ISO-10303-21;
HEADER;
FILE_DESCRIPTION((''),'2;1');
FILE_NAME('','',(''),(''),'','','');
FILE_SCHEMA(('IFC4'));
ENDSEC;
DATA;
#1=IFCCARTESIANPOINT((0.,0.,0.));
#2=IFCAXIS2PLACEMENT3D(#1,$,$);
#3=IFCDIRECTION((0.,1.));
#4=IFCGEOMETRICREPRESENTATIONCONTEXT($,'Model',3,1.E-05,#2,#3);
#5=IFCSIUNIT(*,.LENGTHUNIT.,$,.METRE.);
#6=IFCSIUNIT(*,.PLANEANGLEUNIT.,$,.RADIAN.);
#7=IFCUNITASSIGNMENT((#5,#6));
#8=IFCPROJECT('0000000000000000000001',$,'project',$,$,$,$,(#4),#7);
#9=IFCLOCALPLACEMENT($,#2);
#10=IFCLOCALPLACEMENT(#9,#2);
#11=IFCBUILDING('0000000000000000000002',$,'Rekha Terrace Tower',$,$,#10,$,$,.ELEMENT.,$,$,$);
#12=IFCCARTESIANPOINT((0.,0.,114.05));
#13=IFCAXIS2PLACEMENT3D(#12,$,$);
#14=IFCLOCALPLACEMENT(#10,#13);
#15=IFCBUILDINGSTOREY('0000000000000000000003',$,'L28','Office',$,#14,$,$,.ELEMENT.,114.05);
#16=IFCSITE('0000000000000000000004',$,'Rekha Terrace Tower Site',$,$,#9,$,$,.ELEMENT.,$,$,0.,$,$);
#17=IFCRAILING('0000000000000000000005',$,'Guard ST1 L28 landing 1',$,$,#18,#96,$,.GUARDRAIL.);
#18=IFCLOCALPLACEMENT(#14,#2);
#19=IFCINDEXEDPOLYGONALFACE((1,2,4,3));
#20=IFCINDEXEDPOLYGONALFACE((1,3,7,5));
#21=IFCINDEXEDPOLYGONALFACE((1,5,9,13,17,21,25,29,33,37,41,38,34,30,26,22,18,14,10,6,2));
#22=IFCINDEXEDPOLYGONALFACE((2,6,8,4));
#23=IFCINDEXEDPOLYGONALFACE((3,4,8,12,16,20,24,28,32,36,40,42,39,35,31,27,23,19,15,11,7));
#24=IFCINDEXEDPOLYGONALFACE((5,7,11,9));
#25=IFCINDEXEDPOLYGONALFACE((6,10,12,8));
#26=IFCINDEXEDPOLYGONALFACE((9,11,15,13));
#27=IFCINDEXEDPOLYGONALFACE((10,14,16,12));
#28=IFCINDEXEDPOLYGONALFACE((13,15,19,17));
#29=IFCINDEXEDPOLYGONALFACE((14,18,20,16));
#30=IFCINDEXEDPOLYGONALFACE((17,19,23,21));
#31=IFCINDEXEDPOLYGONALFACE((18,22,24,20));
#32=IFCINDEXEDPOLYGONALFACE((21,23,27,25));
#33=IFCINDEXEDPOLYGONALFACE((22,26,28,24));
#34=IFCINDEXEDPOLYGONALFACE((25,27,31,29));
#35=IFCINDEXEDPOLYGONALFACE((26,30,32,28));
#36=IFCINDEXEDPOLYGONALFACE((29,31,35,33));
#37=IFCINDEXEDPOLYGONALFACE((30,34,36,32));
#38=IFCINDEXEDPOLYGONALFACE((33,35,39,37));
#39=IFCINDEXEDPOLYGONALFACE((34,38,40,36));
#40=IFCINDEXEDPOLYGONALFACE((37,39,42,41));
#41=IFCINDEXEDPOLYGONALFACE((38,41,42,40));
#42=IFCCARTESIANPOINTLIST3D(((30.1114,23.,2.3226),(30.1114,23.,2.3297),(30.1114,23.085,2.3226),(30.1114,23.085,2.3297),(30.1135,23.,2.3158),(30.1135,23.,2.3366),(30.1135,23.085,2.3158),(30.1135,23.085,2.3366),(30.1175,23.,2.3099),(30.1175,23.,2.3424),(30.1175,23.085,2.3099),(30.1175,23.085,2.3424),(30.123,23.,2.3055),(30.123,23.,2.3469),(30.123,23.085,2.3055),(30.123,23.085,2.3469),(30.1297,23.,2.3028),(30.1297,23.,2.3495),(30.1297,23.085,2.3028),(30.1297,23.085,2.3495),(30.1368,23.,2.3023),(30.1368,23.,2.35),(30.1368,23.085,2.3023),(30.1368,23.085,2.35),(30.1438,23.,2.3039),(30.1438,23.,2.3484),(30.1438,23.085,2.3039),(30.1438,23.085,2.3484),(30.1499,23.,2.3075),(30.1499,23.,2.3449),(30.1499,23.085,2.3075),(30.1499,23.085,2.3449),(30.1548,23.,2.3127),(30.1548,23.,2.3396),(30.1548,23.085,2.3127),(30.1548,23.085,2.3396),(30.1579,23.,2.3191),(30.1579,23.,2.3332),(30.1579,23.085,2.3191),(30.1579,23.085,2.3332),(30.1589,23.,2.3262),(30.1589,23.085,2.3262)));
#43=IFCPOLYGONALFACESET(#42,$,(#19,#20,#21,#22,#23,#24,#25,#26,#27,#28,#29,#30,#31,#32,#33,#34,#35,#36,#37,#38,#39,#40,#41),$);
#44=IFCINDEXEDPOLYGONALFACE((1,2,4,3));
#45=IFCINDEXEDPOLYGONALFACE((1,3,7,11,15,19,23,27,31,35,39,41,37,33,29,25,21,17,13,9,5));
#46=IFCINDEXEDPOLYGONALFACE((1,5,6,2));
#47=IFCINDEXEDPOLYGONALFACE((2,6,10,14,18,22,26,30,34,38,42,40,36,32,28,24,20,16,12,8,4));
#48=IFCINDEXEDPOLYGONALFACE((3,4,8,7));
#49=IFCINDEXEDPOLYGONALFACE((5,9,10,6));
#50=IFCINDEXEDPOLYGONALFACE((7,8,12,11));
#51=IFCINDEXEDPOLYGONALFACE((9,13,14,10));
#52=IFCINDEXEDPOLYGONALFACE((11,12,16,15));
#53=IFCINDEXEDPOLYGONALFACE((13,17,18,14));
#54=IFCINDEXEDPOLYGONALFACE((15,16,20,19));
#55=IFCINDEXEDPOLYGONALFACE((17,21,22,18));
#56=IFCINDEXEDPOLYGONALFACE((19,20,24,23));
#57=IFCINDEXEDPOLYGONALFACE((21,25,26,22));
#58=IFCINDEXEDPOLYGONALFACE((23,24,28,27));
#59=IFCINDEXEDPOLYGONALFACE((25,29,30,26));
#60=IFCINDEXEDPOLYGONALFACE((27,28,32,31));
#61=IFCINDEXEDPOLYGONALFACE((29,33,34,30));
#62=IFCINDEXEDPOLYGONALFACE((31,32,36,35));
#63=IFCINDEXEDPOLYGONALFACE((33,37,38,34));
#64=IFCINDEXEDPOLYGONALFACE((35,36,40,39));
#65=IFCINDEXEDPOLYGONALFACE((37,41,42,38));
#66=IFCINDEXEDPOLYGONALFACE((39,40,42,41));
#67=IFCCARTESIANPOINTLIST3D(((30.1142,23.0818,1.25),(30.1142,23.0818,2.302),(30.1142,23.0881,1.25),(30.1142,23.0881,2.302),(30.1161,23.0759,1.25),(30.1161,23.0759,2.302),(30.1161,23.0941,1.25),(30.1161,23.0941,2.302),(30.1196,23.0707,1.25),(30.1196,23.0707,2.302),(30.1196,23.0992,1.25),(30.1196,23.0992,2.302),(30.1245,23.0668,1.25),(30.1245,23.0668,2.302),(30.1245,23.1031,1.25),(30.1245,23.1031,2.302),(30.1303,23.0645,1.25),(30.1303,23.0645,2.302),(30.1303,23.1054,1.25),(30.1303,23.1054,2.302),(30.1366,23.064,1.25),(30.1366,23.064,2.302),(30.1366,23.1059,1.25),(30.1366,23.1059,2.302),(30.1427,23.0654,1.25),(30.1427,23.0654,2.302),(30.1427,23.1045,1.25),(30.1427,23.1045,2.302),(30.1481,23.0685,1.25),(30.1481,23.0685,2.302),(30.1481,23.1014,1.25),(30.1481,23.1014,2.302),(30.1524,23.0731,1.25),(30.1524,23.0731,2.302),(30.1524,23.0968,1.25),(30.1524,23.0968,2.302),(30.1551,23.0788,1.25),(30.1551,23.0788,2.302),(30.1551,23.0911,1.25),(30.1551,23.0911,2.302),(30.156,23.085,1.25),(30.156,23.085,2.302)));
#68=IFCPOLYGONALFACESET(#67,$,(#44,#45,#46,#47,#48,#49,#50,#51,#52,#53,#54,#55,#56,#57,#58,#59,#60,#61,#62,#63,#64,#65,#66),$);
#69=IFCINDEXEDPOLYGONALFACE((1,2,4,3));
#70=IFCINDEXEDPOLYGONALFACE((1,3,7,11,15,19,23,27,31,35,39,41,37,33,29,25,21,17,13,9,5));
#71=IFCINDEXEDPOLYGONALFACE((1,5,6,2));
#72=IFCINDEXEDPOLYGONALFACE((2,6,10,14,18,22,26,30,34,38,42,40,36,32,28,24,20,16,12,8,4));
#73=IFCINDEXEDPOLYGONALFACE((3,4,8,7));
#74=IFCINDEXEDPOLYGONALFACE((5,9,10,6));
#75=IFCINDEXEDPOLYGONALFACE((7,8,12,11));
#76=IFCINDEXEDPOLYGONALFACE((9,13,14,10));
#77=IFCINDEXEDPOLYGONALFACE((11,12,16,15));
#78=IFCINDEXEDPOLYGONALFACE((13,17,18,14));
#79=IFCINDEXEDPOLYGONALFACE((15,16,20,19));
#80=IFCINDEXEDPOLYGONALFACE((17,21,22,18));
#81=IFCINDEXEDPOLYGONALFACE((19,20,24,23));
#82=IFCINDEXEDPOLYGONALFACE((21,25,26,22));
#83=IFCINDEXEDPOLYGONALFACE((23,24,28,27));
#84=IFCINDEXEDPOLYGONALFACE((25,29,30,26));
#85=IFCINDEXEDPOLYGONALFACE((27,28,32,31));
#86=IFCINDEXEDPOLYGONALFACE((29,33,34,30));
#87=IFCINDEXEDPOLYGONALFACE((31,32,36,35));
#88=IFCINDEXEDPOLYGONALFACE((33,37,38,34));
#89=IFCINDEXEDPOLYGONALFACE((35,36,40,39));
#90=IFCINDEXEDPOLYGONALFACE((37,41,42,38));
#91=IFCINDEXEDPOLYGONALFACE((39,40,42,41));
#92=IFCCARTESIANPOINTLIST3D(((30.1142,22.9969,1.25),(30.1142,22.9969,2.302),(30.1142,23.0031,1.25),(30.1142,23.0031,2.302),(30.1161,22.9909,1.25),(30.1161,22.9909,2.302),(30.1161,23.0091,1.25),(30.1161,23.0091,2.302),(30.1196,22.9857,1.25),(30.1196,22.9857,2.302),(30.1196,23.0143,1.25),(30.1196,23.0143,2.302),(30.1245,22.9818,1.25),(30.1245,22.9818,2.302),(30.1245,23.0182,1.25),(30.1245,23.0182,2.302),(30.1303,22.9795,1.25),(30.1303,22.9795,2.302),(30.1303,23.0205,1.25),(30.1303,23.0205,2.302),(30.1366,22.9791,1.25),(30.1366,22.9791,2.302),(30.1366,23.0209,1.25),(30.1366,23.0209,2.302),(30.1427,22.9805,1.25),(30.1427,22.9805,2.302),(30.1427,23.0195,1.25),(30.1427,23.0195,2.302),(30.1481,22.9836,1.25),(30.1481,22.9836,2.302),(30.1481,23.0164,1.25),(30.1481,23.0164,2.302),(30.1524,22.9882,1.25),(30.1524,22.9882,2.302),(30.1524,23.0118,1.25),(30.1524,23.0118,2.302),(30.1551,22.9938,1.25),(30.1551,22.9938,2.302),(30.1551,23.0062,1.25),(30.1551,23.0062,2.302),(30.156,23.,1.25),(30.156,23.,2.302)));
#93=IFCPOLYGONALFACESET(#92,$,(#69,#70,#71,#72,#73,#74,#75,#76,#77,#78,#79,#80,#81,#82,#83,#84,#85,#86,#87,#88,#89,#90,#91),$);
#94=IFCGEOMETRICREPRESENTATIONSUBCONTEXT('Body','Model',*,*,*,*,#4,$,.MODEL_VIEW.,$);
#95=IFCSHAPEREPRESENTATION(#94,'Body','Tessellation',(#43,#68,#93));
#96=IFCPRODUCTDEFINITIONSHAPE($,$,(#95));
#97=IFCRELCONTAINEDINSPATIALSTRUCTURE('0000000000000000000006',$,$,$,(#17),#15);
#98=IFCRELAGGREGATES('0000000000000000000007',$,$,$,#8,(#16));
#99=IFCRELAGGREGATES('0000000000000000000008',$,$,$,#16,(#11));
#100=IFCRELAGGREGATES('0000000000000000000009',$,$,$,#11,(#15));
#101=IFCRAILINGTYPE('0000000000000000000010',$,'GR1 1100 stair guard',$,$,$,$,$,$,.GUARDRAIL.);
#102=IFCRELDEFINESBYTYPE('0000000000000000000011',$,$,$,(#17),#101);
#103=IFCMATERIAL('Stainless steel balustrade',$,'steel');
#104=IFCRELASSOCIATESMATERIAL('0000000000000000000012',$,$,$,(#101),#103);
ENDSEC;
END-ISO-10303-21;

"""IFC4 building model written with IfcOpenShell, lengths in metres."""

from ifc_helpers import new_model, si_unit, direction, frame, origin, origin_2d, place, context, subcontext, project, spatial, circle, extrude, material, type_object, element, save


model = new_model("IFC4")

# Units and contexts
model_context = context("Model", 3, precision=1e-05, world=origin(), true_north=direction((0.0, 1.0)))
body_context = subcontext(model_context, "Body", "Model", "MODEL_VIEW")
ifc_project = project(units=[si_unit("LENGTHUNIT", "METRE"), si_unit("PLANEANGLEUNIT", "RADIAN")], contexts=[model_context])

# Site, building, storey
site_placement = place(None, origin())
site = spatial("IfcSite", under=ifc_project, at=site_placement, Name="Rekha Terrace Tower Site", CompositionType="ELEMENT", RefElevation=0.0)
building_placement = place(site_placement, origin())
building = spatial("IfcBuilding", under=site, at=building_placement, Name="Rekha Terrace Tower", CompositionType="ELEMENT")
storey_placement = place(building_placement, frame((0.0, 0.0, 114.05)))
storey = spatial("IfcBuildingStorey", under=building, at=storey_placement, Name="L28", Description="Office", CompositionType="ELEMENT", Elevation=114.05)

# Railing
ifc_material_1 = material(Name="Stainless steel balustrade", Category="steel")
railing_type_1 = type_object("IfcRailingType", Name="GR1 1100 stair guard", PredefinedType="GUARDRAIL", material=ifc_material_1)
railing_1_placement = place(storey_placement, frame((30.135, 23.085, 1.25)))
element("IfcRailing", 1, at=railing_1_placement, inside=storey, type_object=railing_type_1, Name="Guard ST1 L28 landing 1", PredefinedType="GUARDRAIL", context=body_context, shape_type="SweptSolid", body=[
    extrude(circle(Radius=0.0239, at=origin_2d()), frame((0.0, 0.0, 1.0762), z_axis=(0.0, -1.0, 0.0), x_axis=(1.0, 0.0, 0.0)), (0.0, 0.0, 1.0), 0.085),
    extrude(circle(Radius=0.021, at=origin_2d()), origin(), (0.0, 0.0, 1.0), 1.052),
    extrude(circle(Radius=0.021, at=origin_2d()), frame((0.0, -0.085, 0.0)), (0.0, 0.0, 1.0), 1.052),
])

save(model, "model.ifc")
